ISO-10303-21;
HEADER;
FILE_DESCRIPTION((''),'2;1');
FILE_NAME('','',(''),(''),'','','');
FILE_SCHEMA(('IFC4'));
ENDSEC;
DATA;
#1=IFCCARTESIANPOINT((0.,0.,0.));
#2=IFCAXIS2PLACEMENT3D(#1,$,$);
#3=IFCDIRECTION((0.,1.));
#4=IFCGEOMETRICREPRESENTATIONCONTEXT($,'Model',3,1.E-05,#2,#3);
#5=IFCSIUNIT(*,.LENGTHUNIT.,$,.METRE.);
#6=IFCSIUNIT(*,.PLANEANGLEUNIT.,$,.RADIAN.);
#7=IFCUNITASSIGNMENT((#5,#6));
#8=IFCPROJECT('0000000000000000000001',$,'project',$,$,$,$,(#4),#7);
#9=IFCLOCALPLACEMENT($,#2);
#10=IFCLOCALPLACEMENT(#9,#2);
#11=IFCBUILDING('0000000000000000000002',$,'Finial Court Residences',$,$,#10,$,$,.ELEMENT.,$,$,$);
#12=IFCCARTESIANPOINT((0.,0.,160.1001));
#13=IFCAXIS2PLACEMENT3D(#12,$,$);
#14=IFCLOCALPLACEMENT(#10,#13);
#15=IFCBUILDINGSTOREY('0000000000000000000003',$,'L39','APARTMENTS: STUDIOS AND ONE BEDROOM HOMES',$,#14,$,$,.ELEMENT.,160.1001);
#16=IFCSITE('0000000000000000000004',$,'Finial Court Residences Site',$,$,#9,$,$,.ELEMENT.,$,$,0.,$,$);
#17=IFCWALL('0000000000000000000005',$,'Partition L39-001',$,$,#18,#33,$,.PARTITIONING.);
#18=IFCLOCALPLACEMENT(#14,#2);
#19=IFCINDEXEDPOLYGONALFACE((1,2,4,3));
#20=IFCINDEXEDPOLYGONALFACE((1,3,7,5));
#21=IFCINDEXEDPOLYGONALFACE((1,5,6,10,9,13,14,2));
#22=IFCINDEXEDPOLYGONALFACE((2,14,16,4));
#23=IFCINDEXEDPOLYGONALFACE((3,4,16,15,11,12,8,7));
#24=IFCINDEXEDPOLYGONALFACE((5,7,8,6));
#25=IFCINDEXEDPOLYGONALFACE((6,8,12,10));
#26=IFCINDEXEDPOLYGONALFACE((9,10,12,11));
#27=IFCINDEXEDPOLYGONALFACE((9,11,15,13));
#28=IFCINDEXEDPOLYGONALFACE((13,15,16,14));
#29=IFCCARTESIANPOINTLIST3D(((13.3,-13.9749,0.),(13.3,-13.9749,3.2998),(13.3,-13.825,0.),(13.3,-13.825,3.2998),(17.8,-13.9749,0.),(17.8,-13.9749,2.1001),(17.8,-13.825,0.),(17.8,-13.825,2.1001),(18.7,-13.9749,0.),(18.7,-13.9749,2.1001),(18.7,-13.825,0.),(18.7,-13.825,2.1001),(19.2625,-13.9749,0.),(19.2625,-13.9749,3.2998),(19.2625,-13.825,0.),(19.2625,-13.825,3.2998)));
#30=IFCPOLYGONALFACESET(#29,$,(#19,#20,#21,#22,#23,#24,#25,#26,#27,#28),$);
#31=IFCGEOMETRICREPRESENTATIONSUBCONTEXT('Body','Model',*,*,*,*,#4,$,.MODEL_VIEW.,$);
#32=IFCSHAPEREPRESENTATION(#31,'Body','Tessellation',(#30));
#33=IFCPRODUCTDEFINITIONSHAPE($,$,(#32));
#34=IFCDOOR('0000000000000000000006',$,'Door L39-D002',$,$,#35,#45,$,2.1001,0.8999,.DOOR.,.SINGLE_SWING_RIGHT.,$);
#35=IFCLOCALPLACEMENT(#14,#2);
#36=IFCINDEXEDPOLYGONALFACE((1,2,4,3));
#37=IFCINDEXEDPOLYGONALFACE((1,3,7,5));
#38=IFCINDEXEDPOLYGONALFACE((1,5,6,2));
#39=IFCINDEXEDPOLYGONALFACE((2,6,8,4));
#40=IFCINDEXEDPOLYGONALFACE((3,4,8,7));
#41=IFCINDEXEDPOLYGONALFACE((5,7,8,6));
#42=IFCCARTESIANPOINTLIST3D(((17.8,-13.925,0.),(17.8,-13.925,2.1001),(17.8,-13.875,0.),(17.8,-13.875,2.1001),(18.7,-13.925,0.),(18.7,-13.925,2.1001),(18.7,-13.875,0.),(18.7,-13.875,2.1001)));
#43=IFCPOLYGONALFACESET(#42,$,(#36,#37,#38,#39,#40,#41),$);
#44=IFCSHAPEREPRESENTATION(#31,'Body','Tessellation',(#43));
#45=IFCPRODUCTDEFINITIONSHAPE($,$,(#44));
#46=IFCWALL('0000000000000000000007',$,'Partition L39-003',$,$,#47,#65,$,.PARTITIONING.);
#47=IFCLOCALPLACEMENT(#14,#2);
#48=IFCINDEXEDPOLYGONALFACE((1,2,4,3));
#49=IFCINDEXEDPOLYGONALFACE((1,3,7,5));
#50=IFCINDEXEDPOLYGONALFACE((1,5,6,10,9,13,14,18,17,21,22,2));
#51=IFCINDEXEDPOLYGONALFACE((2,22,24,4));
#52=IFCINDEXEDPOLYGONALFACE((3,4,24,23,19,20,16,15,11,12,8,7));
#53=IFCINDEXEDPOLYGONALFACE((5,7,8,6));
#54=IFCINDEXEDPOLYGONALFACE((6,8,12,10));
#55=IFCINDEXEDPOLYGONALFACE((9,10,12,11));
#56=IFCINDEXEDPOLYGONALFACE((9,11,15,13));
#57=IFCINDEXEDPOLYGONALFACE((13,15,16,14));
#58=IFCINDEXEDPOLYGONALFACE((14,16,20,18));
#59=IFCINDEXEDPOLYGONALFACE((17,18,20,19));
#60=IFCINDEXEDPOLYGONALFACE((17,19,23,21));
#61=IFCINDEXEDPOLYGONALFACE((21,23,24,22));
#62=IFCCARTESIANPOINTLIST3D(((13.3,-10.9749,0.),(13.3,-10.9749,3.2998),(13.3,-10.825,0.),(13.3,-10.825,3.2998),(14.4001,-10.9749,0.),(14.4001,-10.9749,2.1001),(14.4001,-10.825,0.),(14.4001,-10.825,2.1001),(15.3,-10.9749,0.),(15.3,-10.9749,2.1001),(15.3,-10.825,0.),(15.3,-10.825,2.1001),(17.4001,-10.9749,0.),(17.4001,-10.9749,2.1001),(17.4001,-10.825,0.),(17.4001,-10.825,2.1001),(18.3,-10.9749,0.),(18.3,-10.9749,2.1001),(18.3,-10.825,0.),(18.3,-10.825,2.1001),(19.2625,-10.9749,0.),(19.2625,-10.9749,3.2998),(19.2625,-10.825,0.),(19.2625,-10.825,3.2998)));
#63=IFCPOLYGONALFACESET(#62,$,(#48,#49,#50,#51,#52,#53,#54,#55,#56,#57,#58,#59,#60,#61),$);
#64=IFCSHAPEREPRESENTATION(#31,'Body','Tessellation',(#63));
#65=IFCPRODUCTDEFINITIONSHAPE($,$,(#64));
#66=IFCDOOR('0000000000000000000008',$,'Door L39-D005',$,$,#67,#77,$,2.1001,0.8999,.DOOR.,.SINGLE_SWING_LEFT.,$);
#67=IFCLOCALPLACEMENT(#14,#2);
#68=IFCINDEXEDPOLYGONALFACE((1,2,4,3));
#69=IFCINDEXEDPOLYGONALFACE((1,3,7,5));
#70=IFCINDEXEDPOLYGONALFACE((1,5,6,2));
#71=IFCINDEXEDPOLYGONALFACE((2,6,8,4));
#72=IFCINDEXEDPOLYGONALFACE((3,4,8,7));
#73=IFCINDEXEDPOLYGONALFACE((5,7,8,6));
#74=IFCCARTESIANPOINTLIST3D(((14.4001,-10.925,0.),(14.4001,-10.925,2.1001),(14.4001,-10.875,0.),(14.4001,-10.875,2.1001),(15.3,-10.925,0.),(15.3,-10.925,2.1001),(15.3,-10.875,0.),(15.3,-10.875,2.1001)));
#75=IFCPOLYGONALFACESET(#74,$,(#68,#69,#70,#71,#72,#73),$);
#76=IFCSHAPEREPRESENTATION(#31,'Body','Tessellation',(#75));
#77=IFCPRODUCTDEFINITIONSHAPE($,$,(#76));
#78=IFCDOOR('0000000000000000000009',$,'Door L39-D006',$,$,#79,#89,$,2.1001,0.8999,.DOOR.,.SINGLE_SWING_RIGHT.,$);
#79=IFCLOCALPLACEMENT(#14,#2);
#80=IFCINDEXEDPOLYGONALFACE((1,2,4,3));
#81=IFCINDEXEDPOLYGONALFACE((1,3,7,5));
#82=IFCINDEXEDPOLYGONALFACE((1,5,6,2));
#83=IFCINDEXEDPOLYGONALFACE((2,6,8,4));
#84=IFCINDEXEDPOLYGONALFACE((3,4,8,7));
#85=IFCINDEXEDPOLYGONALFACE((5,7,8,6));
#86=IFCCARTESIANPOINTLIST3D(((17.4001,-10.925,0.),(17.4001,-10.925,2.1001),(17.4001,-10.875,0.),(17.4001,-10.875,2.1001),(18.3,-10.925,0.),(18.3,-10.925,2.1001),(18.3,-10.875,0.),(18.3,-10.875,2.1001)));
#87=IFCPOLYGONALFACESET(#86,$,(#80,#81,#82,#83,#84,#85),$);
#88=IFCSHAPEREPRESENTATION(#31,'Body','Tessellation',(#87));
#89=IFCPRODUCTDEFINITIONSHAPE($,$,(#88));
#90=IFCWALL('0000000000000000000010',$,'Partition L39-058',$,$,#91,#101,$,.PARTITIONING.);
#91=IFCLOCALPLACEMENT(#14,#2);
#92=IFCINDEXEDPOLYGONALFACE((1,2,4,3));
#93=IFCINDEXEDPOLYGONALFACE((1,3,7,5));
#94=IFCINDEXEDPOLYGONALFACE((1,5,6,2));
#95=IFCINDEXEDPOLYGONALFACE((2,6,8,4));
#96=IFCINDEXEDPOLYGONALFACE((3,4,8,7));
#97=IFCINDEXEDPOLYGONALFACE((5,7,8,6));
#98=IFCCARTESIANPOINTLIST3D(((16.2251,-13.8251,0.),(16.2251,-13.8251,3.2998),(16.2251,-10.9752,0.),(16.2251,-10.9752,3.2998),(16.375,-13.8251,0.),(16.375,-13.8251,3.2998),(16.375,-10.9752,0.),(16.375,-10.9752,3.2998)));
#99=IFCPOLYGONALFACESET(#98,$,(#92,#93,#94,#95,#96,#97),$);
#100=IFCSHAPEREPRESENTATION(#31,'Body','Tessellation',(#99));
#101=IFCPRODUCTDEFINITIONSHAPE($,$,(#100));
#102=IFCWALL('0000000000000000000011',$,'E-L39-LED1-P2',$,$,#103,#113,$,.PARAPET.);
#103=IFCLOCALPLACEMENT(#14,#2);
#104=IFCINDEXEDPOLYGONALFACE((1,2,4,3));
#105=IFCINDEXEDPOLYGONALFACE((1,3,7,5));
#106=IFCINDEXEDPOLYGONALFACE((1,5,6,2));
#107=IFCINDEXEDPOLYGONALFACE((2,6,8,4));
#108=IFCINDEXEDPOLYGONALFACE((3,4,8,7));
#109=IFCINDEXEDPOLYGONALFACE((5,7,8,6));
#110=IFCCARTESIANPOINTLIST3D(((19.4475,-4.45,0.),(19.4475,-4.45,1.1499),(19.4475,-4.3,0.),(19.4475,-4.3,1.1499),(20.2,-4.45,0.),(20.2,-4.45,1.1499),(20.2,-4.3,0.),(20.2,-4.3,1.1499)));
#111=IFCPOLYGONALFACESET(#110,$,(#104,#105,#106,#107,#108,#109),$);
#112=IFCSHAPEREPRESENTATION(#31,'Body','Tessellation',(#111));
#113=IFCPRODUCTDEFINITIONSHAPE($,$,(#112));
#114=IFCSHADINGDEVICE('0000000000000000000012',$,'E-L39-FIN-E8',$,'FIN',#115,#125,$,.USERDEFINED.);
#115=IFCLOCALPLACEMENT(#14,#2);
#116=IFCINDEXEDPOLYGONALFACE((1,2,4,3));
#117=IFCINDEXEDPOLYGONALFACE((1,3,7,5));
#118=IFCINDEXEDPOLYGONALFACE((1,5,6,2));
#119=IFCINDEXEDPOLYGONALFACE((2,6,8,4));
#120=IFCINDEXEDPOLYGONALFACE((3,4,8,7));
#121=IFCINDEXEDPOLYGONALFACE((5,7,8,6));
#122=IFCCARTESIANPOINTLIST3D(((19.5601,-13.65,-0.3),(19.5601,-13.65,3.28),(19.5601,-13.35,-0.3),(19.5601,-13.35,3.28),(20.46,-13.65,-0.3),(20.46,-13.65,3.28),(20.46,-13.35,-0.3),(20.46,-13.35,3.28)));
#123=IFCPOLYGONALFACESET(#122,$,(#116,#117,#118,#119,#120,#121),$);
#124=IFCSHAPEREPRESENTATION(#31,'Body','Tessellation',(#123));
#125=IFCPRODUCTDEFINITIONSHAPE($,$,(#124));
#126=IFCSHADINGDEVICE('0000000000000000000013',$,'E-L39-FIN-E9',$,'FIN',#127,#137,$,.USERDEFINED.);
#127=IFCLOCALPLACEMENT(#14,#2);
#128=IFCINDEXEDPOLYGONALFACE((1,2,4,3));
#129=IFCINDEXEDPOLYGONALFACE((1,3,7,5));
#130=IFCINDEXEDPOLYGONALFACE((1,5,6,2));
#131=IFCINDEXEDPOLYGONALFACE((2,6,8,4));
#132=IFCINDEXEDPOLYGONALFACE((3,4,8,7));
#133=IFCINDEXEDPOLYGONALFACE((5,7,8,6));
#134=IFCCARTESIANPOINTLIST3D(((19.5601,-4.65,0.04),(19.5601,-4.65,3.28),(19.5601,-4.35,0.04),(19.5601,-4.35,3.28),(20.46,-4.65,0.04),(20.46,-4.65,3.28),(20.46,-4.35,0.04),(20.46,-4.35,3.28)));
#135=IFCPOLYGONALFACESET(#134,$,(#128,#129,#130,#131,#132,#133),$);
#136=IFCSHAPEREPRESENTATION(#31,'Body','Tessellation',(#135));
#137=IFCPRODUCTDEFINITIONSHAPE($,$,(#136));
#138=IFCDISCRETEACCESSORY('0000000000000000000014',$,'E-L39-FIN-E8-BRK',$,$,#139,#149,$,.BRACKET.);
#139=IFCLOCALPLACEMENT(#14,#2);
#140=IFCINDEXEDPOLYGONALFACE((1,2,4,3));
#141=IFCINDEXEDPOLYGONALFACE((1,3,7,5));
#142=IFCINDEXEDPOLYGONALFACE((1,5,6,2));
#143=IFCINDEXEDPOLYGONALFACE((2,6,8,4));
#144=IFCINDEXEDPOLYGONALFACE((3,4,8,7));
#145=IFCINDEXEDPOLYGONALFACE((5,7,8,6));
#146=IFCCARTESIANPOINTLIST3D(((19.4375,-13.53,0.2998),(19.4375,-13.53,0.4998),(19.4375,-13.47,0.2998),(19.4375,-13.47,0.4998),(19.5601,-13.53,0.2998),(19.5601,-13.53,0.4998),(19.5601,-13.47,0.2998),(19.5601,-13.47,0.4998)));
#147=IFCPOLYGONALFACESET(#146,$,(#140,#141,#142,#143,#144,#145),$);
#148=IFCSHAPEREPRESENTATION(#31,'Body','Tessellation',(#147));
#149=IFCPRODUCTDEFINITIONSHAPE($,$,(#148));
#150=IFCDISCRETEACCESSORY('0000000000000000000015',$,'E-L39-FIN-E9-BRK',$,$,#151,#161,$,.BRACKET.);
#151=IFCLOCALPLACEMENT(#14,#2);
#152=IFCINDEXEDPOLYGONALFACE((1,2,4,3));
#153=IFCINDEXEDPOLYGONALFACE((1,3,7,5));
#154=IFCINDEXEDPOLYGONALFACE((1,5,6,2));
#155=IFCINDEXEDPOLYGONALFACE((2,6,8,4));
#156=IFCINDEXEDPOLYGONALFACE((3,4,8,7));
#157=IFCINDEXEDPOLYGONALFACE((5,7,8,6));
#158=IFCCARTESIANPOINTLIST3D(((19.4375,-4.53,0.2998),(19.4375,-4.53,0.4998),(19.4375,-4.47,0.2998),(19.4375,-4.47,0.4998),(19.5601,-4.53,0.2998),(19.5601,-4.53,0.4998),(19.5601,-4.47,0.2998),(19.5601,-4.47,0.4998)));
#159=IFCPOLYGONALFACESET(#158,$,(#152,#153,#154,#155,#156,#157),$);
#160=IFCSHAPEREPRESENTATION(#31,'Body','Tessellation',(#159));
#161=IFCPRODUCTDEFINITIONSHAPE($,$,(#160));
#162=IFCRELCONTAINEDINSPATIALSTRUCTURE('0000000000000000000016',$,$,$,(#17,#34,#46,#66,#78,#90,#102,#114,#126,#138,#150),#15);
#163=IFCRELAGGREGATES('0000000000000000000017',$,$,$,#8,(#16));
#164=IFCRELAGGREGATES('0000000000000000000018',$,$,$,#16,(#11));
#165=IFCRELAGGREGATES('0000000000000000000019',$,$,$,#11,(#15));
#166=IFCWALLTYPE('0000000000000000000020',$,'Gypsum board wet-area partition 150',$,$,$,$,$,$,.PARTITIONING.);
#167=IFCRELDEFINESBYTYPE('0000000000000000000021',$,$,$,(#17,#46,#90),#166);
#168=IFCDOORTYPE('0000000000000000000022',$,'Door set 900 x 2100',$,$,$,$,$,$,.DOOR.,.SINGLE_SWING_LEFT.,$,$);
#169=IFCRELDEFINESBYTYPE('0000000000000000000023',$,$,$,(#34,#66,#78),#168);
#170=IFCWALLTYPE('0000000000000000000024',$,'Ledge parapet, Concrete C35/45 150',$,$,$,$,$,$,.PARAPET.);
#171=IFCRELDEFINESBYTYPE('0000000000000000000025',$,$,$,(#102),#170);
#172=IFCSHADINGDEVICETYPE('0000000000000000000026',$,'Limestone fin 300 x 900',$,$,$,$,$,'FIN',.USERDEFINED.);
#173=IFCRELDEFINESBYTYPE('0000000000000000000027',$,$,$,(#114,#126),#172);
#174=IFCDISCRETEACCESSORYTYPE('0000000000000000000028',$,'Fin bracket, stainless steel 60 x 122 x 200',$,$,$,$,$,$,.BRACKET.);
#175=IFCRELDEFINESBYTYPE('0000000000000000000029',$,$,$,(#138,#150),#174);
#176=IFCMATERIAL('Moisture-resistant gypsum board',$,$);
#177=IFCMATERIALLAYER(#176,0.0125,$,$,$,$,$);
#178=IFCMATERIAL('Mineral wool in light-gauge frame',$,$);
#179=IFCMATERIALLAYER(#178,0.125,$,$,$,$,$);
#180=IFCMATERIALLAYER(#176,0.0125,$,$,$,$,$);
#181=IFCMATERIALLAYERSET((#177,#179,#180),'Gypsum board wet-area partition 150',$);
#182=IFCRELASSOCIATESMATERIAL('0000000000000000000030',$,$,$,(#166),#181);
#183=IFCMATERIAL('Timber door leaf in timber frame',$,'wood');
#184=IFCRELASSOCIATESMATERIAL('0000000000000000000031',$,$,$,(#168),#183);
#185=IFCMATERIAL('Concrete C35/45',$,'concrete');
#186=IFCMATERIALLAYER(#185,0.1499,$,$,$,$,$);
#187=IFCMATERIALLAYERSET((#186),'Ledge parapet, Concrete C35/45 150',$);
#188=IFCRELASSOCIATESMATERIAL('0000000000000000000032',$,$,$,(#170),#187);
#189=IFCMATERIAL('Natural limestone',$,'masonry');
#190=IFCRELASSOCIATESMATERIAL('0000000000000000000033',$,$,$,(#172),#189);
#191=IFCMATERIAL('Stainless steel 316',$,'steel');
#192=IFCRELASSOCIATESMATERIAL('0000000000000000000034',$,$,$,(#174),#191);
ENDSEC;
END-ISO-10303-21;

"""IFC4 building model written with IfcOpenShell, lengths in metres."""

from ifc_helpers import new_model, si_unit, direction, frame, frame_2d, origin, origin_2d, place, context, subcontext, project, spatial, rectangle, extrude, material, layer, layer_set, type_object, element, fill, save


model = new_model("IFC4")

# Units and contexts
model_context = context("Model", 3, precision=1e-05, world=origin(), true_north=direction((0.0, 1.0)))
body_context = subcontext(model_context, "Body", "Model", "MODEL_VIEW")
ifc_project = project(units=[si_unit("LENGTHUNIT", "METRE"), si_unit("PLANEANGLEUNIT", "RADIAN")], contexts=[model_context])

# Site, building, storey
site_placement = place(None, origin())
site = spatial("IfcSite", under=ifc_project, at=site_placement, Name="Finial Court Residences Site", CompositionType="ELEMENT", RefElevation=0.0)
building_placement = place(site_placement, origin())
building = spatial("IfcBuilding", under=site, at=building_placement, Name="Finial Court Residences", CompositionType="ELEMENT")
storey_placement = place(building_placement, frame((0.0, 0.0, 160.1001)))
storey = spatial("IfcBuildingStorey", under=building, at=storey_placement, Name="L39", Description="APARTMENTS: STUDIOS AND ONE BEDROOM HOMES", CompositionType="ELEMENT", Elevation=160.1001)

# Wall, opening, door
ifc_material_1 = material(Name="Moisture-resistant gypsum board")
ifc_layer_1 = layer(ifc_material_1, 0.0125)
ifc_material_2 = material(Name="Mineral wool in light-gauge frame")
ifc_layer_2 = layer(ifc_material_2, 0.125)
ifc_layer_3 = layer(ifc_material_1, 0.0125)
ifc_layer_set_1 = layer_set([ifc_layer_1, ifc_layer_2, ifc_layer_3], Name="Gypsum board wet-area partition 150")
wall_type_1 = type_object("IfcWallType", Name="Gypsum board wet-area partition 150", PredefinedType="PARTITIONING", material=ifc_layer_set_1)
wall_1_placement = place(storey_placement, frame((13.3, -13.8999, 0.0), z_axis=(0.0, 0.0, 1.0), x_axis=(1.0, 0.0, 0.0)))
wall_1 = element("IfcWall", 1, at=wall_1_placement, inside=storey, type_object=wall_type_1, Name="Partition L39-001", PredefinedType="PARTITIONING", context=body_context, shape_type="SweptSolid", body=[
    extrude(rectangle(XDim=5.9624, YDim=0.1499, at=frame_2d((2.9812, 0.0))), origin(), (0.0, 0.0, 1.0), 3.2998),
])
opening_1_placement = place(wall_1_placement, frame((4.5, 0.0, 0.0)))
opening_1 = element("IfcOpeningElement", 2, at=opening_1_placement, cuts=wall_1, PredefinedType="OPENING", context=body_context, shape_type="SweptSolid", body=[
    extrude(rectangle(XDim=0.8999, YDim=2.1001, at=frame_2d((0.45, 1.05))), frame((0.0, 0.085, 0.0), z_axis=(0.0, -1.0, 0.0), x_axis=(1.0, 0.0, 0.0)), (0.0, 0.0, 1.0), 0.1699),
])
ifc_material_3 = material(Name="Timber door leaf in timber frame", Category="wood")
door_type_1 = type_object("IfcDoorType", Name="Door set 900 x 2100", OperationType="SINGLE_SWING_LEFT", PredefinedType="DOOR", material=ifc_material_3)
door_1_placement = place(opening_1_placement, origin())
door_1 = element("IfcDoor", 3, at=door_1_placement, inside=storey, type_object=door_type_1, Name="Door L39-D002", OperationType="SINGLE_SWING_RIGHT", OverallHeight=2.1001, OverallWidth=0.8999, PredefinedType="DOOR", context=body_context, shape_type="SweptSolid", body=[
    extrude(rectangle(XDim=0.8999, YDim=2.1001, at=frame_2d((0.45, 1.05))), frame((0.0, 0.0249, 0.0), z_axis=(0.0, -1.0, 0.0), x_axis=(1.0, 0.0, 0.0)), (0.0, 0.0, 1.0), 0.05),
])
fill(opening_1, door_1)

# Wall, openings, doors
wall_2_placement = place(storey_placement, frame((13.3, -10.8999, 0.0), z_axis=(0.0, 0.0, 1.0), x_axis=(1.0, 0.0, 0.0)))
wall_2 = element("IfcWall", 4, at=wall_2_placement, inside=storey, type_object=wall_type_1, Name="Partition L39-003", PredefinedType="PARTITIONING", context=body_context, shape_type="SweptSolid", body=[
    extrude(rectangle(XDim=5.9624, YDim=0.1499, at=frame_2d((2.9812, 0.0))), origin(), (0.0, 0.0, 1.0), 3.2998),
])
opening_2_placement = place(wall_2_placement, frame((1.1001, 0.0, 0.0)))
opening_2 = element("IfcOpeningElement", 5, at=opening_2_placement, cuts=wall_2, PredefinedType="OPENING", context=body_context, shape_type="SweptSolid", body=[
    extrude(rectangle(XDim=0.8999, YDim=2.1001, at=frame_2d((0.45, 1.05))), frame((0.0, 0.085, 0.0), z_axis=(0.0, -1.0, 0.0), x_axis=(1.0, 0.0, 0.0)), (0.0, 0.0, 1.0), 0.1699),
])
opening_3_placement = place(wall_2_placement, frame((4.1001, 0.0, 0.0)))
opening_3 = element("IfcOpeningElement", 6, at=opening_3_placement, cuts=wall_2, PredefinedType="OPENING", context=body_context, shape_type="SweptSolid", body=[
    extrude(rectangle(XDim=0.8999, YDim=2.1001, at=frame_2d((0.45, 1.05))), frame((0.0, 0.085, 0.0), z_axis=(0.0, -1.0, 0.0), x_axis=(1.0, 0.0, 0.0)), (0.0, 0.0, 1.0), 0.1699),
])
door_2_placement = place(opening_2_placement, origin())
door_2 = element("IfcDoor", 7, at=door_2_placement, inside=storey, type_object=door_type_1, Name="Door L39-D005", OperationType="SINGLE_SWING_LEFT", OverallHeight=2.1001, OverallWidth=0.8999, PredefinedType="DOOR", context=body_context, shape_type="SweptSolid", body=[
    extrude(rectangle(XDim=0.8999, YDim=2.1001, at=frame_2d((0.45, 1.05))), frame((0.0, 0.0249, 0.0), z_axis=(0.0, -1.0, 0.0), x_axis=(1.0, 0.0, 0.0)), (0.0, 0.0, 1.0), 0.05),
])
fill(opening_2, door_2)
door_3_placement = place(opening_3_placement, origin())
door_3 = element("IfcDoor", 8, at=door_3_placement, inside=storey, type_object=door_type_1, Name="Door L39-D006", OperationType="SINGLE_SWING_RIGHT", OverallHeight=2.1001, OverallWidth=0.8999, PredefinedType="DOOR", context=body_context, shape_type="SweptSolid", body=[
    extrude(rectangle(XDim=0.8999, YDim=2.1001, at=frame_2d((0.45, 1.05))), frame((0.0, 0.0249, 0.0), z_axis=(0.0, -1.0, 0.0), x_axis=(1.0, 0.0, 0.0)), (0.0, 0.0, 1.0), 0.05),
])
fill(opening_3, door_3)

# Walls
wall_3_placement = place(storey_placement, frame((16.3, -13.825, 0.0), z_axis=(0.0, 0.0, 1.0), x_axis=(0.0, 1.0, 0.0)))
element("IfcWall", 9, at=wall_3_placement, inside=storey, type_object=wall_type_1, Name="Partition L39-058", PredefinedType="PARTITIONING", context=body_context, shape_type="SweptSolid", body=[
    extrude(rectangle(XDim=2.8499, YDim=0.1499, at=frame_2d((1.4248, 0.0))), origin(), (0.0, 0.0, 1.0), 3.2998),
])
ifc_material_4 = material(Name="Concrete C35/45", Category="concrete")
ifc_layer_4 = layer(ifc_material_4, 0.1499)
ifc_layer_set_2 = layer_set([ifc_layer_4], Name="Ledge parapet, Concrete C35/45 150")
wall_type_2 = type_object("IfcWallType", Name="Ledge parapet, Concrete C35/45 150", PredefinedType="PARAPET", material=ifc_layer_set_2)
wall_4_placement = place(storey_placement, frame((20.2, -4.375, 0.0), z_axis=(0.0, 0.0, 1.0), x_axis=(-1.0, 0.0, 0.0)))
element("IfcWall", 10, at=wall_4_placement, inside=storey, type_object=wall_type_2, Name="E-L39-LED1-P2", PredefinedType="PARAPET", context=body_context, shape_type="SweptSolid", body=[
    extrude(rectangle(XDim=0.7524, YDim=0.1499, at=frame_2d((0.3762, 0.0))), origin(), (0.0, 0.0, 1.0), 1.1499),
])

# Shading devices
ifc_material_5 = material(Name="Natural limestone", Category="masonry")
shading_device_type = type_object("IfcShadingDeviceType", Name="Limestone fin 300 x 900", ElementType="FIN", PredefinedType="USERDEFINED", material=ifc_material_5)
shading_device_1_placement = place(storey_placement, frame((20.01, -13.5, -0.3), z_axis=(0.0, 0.0, 1.0), x_axis=(1.0, 0.0, 0.0)))
element("IfcShadingDevice", 11, at=shading_device_1_placement, inside=storey, type_object=shading_device_type, Name="E-L39-FIN-E8", ObjectType="FIN", PredefinedType="USERDEFINED", context=body_context, shape_type="SweptSolid", body=[
    extrude(rectangle(XDim=0.8999, YDim=0.3, at=origin_2d()), origin(), (0.0, 0.0, 1.0), 3.5801),
])
shading_device_2_placement = place(storey_placement, frame((20.01, -4.5, 0.04), z_axis=(0.0, 0.0, 1.0), x_axis=(1.0, 0.0, 0.0)))
element("IfcShadingDevice", 12, at=shading_device_2_placement, inside=storey, type_object=shading_device_type, Name="E-L39-FIN-E9", ObjectType="FIN", PredefinedType="USERDEFINED", context=body_context, shape_type="SweptSolid", body=[
    extrude(rectangle(XDim=0.8999, YDim=0.3, at=origin_2d()), origin(), (0.0, 0.0, 1.0), 3.24),
])

# Discrete accessories
ifc_material_6 = material(Name="Stainless steel 316", Category="steel")
discrete_accessory_type = type_object("IfcDiscreteAccessoryType", Name="Fin bracket, stainless steel 60 x 122 x 200", PredefinedType="BRACKET", material=ifc_material_6)
for number, where, z_axis, x_axis, name in (
    (13, (19.4988, -13.5, 0.2998), (0.0, 0.0, 1.0), (1.0, 0.0, 0.0), "E-L39-FIN-E8-BRK"),
    (14, (19.4988, -4.5, 0.2998), (0.0, 0.0, 1.0), (1.0, 0.0, 0.0), "E-L39-FIN-E9-BRK"),
):
    element("IfcDiscreteAccessory", number, at=place(storey_placement, frame(where, z_axis=z_axis, x_axis=x_axis)), inside=storey, type_object=discrete_accessory_type, Name=name, PredefinedType="BRACKET", context=body_context, shape_type="SweptSolid", body=[
        extrude(rectangle(XDim=0.1226, YDim=0.0601, at=origin_2d()), origin(), (0.0, 0.0, 1.0), 0.2),
    ])

save(model, "model.ifc")
